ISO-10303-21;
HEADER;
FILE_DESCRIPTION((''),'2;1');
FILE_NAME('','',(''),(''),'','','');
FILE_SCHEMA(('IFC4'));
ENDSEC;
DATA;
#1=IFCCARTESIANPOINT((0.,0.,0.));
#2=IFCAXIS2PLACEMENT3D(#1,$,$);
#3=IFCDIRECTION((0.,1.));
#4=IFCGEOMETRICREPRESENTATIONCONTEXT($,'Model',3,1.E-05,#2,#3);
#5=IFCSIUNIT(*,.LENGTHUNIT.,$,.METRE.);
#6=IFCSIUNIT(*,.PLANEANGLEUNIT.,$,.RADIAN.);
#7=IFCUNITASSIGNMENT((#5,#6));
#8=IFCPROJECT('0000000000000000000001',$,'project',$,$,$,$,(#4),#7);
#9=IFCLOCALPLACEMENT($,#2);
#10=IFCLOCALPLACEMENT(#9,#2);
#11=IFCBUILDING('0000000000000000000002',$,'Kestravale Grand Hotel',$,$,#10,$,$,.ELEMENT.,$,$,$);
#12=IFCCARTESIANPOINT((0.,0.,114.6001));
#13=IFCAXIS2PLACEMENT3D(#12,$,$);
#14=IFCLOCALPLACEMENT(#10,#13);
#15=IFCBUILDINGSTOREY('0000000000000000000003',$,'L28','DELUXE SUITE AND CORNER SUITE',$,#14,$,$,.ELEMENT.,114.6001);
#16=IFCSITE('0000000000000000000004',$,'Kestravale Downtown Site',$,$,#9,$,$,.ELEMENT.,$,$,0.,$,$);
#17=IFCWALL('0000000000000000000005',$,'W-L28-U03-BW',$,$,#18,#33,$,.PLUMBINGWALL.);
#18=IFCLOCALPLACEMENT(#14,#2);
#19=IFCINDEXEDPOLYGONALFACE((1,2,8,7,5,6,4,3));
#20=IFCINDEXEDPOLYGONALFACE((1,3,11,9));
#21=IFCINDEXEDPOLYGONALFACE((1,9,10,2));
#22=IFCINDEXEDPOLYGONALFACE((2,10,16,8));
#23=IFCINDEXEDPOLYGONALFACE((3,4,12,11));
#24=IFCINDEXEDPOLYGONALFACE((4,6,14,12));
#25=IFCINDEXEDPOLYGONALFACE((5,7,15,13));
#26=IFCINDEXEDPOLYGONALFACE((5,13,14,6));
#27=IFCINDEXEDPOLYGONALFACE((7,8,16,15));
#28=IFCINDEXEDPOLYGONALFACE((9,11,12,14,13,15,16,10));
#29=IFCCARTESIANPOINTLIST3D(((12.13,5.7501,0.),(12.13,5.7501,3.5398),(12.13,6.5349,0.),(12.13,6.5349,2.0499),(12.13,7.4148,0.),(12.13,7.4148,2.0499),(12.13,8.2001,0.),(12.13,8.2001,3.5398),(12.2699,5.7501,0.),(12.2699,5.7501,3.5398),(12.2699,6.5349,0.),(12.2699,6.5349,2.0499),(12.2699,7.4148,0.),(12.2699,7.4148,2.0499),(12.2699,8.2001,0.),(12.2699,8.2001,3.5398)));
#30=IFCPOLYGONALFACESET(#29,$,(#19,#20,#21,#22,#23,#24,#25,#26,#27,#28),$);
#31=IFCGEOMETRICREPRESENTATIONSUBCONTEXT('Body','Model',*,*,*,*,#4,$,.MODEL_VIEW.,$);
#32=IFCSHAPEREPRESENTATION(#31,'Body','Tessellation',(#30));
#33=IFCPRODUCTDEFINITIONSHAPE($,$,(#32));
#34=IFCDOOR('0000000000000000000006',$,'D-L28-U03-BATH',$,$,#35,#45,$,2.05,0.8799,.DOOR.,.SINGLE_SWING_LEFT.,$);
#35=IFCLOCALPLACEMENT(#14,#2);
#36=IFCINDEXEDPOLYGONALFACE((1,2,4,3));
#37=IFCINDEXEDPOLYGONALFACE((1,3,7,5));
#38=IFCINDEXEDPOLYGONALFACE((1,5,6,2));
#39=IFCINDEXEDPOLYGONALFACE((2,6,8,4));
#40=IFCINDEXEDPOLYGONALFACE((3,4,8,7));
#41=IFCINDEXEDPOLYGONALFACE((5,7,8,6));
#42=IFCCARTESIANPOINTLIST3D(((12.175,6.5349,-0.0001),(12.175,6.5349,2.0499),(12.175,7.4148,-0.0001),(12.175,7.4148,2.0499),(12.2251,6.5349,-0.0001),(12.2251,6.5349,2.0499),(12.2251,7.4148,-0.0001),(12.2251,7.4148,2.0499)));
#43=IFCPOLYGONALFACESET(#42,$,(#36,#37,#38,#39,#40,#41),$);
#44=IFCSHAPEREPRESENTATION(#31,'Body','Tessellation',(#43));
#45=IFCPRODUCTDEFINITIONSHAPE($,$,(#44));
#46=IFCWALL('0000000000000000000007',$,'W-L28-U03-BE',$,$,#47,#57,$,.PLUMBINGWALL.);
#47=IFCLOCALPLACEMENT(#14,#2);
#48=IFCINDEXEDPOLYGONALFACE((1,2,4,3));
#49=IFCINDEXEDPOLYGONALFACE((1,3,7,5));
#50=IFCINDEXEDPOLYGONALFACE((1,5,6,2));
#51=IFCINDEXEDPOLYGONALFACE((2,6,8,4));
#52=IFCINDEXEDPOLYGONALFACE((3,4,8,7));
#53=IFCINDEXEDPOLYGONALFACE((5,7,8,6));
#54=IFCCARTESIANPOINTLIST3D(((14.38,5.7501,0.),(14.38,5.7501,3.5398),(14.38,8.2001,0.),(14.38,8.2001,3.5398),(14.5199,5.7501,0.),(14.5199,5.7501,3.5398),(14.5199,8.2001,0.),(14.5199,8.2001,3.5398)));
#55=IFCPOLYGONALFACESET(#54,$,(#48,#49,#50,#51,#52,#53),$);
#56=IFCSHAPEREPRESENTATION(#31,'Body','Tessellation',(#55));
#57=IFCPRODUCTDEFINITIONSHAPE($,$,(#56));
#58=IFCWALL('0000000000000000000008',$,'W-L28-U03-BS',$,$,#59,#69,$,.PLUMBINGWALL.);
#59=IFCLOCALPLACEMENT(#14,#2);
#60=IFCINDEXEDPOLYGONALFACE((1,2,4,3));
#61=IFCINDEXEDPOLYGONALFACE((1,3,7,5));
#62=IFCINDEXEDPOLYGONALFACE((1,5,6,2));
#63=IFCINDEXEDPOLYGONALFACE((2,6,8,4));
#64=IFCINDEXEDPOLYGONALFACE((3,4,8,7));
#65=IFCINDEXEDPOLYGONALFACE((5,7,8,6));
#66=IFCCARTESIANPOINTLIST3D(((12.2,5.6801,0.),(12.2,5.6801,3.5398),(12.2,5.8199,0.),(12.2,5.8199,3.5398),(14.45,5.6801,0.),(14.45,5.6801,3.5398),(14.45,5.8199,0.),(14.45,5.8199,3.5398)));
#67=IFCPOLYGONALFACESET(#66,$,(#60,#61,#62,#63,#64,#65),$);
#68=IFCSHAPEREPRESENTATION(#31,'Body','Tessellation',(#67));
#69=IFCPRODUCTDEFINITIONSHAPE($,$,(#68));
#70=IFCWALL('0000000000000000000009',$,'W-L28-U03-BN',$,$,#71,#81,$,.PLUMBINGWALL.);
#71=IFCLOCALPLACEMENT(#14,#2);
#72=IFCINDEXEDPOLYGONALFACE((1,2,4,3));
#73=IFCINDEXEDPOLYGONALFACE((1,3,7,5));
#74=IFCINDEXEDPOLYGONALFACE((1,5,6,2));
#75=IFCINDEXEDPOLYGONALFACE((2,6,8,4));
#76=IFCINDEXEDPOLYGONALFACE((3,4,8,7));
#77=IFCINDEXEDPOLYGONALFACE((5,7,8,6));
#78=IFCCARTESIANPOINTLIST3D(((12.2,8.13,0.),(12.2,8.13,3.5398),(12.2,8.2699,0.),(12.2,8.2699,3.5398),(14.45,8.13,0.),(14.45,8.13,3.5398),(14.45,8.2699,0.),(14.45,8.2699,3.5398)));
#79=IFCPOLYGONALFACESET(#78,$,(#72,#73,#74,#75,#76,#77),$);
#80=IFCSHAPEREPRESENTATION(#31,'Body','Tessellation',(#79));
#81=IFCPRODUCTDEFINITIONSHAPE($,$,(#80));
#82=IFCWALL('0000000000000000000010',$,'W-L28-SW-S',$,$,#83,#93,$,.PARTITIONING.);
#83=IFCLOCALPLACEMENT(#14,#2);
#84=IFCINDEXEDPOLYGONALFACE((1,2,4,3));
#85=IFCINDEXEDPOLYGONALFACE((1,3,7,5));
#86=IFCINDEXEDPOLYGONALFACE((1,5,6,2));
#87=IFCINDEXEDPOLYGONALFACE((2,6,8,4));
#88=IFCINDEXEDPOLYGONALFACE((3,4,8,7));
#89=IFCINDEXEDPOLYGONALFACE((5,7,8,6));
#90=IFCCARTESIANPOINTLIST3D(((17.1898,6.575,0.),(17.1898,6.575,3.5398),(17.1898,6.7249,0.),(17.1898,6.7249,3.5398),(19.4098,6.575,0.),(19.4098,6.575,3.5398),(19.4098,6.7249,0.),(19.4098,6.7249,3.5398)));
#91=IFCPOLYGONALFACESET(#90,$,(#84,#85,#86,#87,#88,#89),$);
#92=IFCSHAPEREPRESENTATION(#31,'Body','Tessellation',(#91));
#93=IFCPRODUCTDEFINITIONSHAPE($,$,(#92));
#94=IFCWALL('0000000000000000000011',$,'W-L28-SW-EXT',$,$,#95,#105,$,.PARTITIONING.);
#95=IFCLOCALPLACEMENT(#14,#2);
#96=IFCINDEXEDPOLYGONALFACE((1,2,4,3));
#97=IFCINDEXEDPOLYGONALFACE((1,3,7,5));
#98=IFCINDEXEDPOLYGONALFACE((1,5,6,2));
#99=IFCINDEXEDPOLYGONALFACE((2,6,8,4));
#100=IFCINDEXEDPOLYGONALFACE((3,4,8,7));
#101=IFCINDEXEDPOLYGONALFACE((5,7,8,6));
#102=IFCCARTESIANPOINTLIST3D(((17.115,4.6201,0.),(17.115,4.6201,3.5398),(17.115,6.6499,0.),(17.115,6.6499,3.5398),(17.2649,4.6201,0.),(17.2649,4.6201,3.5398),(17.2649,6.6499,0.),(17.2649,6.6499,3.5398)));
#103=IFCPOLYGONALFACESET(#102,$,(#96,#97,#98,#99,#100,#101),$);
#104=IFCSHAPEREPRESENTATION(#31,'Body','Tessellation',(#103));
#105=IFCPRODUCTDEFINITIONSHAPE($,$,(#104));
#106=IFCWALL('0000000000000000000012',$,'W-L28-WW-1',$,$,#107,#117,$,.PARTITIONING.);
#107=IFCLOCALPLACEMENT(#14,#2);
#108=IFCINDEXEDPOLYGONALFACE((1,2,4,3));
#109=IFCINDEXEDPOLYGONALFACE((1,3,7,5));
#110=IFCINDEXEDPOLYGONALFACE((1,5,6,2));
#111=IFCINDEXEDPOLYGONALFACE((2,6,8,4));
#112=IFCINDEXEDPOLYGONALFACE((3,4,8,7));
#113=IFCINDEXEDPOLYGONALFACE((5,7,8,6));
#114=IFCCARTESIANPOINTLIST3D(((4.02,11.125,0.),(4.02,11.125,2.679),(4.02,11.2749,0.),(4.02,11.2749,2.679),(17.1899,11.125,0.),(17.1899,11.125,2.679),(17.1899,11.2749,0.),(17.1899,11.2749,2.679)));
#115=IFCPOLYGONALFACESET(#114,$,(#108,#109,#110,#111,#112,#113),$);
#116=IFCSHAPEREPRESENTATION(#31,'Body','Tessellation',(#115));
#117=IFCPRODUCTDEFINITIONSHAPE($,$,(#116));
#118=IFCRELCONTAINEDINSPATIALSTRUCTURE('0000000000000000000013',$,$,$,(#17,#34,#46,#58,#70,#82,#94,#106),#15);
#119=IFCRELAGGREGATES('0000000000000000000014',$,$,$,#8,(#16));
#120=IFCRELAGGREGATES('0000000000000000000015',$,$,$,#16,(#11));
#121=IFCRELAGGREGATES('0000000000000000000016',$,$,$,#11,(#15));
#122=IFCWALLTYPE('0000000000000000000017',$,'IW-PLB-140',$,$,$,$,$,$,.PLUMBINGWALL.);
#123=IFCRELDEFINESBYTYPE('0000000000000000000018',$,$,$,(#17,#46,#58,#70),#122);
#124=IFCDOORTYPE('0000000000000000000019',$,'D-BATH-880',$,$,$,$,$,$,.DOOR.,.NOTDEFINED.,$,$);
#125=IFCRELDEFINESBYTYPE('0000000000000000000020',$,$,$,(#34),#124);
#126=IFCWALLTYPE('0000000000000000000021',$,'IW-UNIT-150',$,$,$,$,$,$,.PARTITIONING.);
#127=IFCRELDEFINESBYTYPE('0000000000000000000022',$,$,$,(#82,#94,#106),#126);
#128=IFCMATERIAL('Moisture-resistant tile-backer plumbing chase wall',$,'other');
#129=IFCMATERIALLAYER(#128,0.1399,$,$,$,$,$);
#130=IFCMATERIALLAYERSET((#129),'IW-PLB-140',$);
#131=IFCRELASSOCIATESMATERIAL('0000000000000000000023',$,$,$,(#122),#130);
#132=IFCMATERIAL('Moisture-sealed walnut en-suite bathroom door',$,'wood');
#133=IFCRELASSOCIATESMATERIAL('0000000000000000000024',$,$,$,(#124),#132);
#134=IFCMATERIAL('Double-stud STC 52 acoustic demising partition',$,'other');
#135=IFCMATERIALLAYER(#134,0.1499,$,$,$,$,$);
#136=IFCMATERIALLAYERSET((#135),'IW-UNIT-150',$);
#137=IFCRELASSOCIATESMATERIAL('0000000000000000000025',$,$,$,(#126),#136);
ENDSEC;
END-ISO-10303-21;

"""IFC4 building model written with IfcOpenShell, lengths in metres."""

from ifc_helpers import new_model, si_unit, direction, frame, frame_2d, origin, place, context, subcontext, project, spatial, rectangle, extrude, material, layer, layer_set, type_object, element, fill, save


model = new_model("IFC4")

# Units and contexts
model_context = context("Model", 3, precision=1e-05, world=origin(), true_north=direction((0.0, 1.0)))
body_context = subcontext(model_context, "Body", "Model", "MODEL_VIEW")
ifc_project = project(units=[si_unit("LENGTHUNIT", "METRE"), si_unit("PLANEANGLEUNIT", "RADIAN")], contexts=[model_context])

# Site, building, storey
site_placement = place(None, origin())
site = spatial("IfcSite", under=ifc_project, at=site_placement, Name="Kestravale Downtown Site", CompositionType="ELEMENT", RefElevation=0.0)
building_placement = place(site_placement, origin())
building = spatial("IfcBuilding", under=site, at=building_placement, Name="Kestravale Grand Hotel", CompositionType="ELEMENT")
storey_placement = place(building_placement, frame((0.0, 0.0, 114.6001)))
storey = spatial("IfcBuildingStorey", under=building, at=storey_placement, Name="L28", Description="DELUXE SUITE AND CORNER SUITE", CompositionType="ELEMENT", Elevation=114.6001)

# Wall, opening, door
ifc_material_1 = material(Name="Moisture-resistant tile-backer plumbing chase wall", Category="other")
ifc_layer_1 = layer(ifc_material_1, 0.1399)
ifc_layer_set_1 = layer_set([ifc_layer_1], Name="IW-PLB-140")
wall_type_1 = type_object("IfcWallType", Name="IW-PLB-140", PredefinedType="PLUMBINGWALL", material=ifc_layer_set_1)
wall_1_placement = place(storey_placement, frame((12.2, 5.75, 0.0), z_axis=(0.0, 0.0, 1.0), x_axis=(0.0, 1.0, 0.0)))
wall_1 = element("IfcWall", 1, at=wall_1_placement, inside=storey, type_object=wall_type_1, Name="W-L28-U03-BW", PredefinedType="PLUMBINGWALL", context=body_context, shape_type="SweptSolid", body=[
    extrude(rectangle(XDim=2.45, YDim=0.1399, at=frame_2d((1.2251, 0.0))), origin(), (0.0, 0.0, 1.0), 3.5398),
])
opening_1_placement = place(wall_1_placement, frame((0.7849, 0.0, 0.0)))
opening_1 = element("IfcOpeningElement", 2, at=opening_1_placement, cuts=wall_1, PredefinedType="OPENING", context=body_context, shape_type="SweptSolid", body=[
    extrude(rectangle(XDim=0.8799, YDim=2.05, at=frame_2d((0.4399, 1.0249))), frame((0.0, 0.0798, 0.0), z_axis=(0.0, -1.0, 0.0), x_axis=(1.0, 0.0, 0.0)), (0.0, 0.0, 1.0), 0.1599),
])
ifc_material_2 = material(Name="Moisture-sealed walnut en-suite bathroom door", Category="wood")
door_type_1 = type_object("IfcDoorType", Name="D-BATH-880", OperationType="NOTDEFINED", PredefinedType="DOOR", material=ifc_material_2)
door_1_placement = place(opening_1_placement, origin())
door_1 = element("IfcDoor", 3, at=door_1_placement, inside=storey, type_object=door_type_1, Name="D-L28-U03-BATH", OperationType="SINGLE_SWING_LEFT", OverallHeight=2.05, OverallWidth=0.8799, PredefinedType="DOOR", context=body_context, shape_type="SweptSolid", body=[
    extrude(rectangle(XDim=0.8799, YDim=2.05, at=frame_2d((0.4399, 1.0249))), frame((0.0, 0.0249, 0.0), z_axis=(0.0, -1.0, 0.0), x_axis=(1.0, 0.0, 0.0)), (0.0, 0.0, 1.0), 0.05),
])
fill(opening_1, door_1)

# Walls
wall_2_placement = place(storey_placement, frame((14.45, 5.75, 0.0), z_axis=(0.0, 0.0, 1.0), x_axis=(0.0, 1.0, 0.0)))
element("IfcWall", 4, at=wall_2_placement, inside=storey, type_object=wall_type_1, Name="W-L28-U03-BE", PredefinedType="PLUMBINGWALL", context=body_context, shape_type="SweptSolid", body=[
    extrude(rectangle(XDim=2.45, YDim=0.1399, at=frame_2d((1.2251, 0.0))), origin(), (0.0, 0.0, 1.0), 3.5398),
])
for number, where, z_axis, x_axis, name in (
    (5, (12.2, 5.75, 0.0), (0.0, 0.0, 1.0), (1.0, 0.0, 0.0), "W-L28-U03-BS"),
    (6, (12.2, 8.2, 0.0), (0.0, 0.0, 1.0), (1.0, 0.0, 0.0), "W-L28-U03-BN"),
):
    element("IfcWall", number, at=place(storey_placement, frame(where, z_axis=z_axis, x_axis=x_axis)), inside=storey, type_object=wall_type_1, Name=name, PredefinedType="PLUMBINGWALL", context=body_context, shape_type="SweptSolid", body=[
        extrude(rectangle(XDim=2.25, YDim=0.1399, at=frame_2d((1.125, 0.0))), origin(), (0.0, 0.0, 1.0), 3.5398),
    ])
ifc_material_3 = material(Name="Double-stud STC 52 acoustic demising partition", Category="other")
ifc_layer_2 = layer(ifc_material_3, 0.1499)
ifc_layer_set_2 = layer_set([ifc_layer_2], Name="IW-UNIT-150")
wall_type_2 = type_object("IfcWallType", Name="IW-UNIT-150", PredefinedType="PARTITIONING", material=ifc_layer_set_2)
wall_3_placement = place(storey_placement, frame((17.1899, 6.6499, 0.0), z_axis=(0.0, 0.0, 1.0), x_axis=(1.0, 0.0, 0.0)))
element("IfcWall", 7, at=wall_3_placement, inside=storey, type_object=wall_type_2, Name="W-L28-SW-S", PredefinedType="PARTITIONING", context=body_context, shape_type="SweptSolid", body=[
    extrude(rectangle(XDim=2.22, YDim=0.1499, at=frame_2d((1.1099, 0.0))), origin(), (0.0, 0.0, 1.0), 3.5398),
])
wall_4_placement = place(storey_placement, frame((17.1899, 4.6201, 0.0), z_axis=(0.0, 0.0, 1.0), x_axis=(0.0, 1.0, 0.0)))
element("IfcWall", 8, at=wall_4_placement, inside=storey, type_object=wall_type_2, Name="W-L28-SW-EXT", PredefinedType="PARTITIONING", context=body_context, shape_type="SweptSolid", body=[
    extrude(rectangle(XDim=2.0298, YDim=0.1499, at=frame_2d((1.0149, 0.0))), origin(), (0.0, 0.0, 1.0), 3.5398),
])
wall_5_placement = place(storey_placement, frame((4.02, 11.2, 0.0), z_axis=(0.0, 0.0, 1.0), x_axis=(1.0, 0.0, 0.0)))
element("IfcWall", 9, at=wall_5_placement, inside=storey, type_object=wall_type_2, Name="W-L28-WW-1", PredefinedType="PARTITIONING", context=body_context, shape_type="SweptSolid", body=[
    extrude(rectangle(XDim=13.1699, YDim=0.1499, at=frame_2d((6.585, 0.0))), origin(), (0.0, 0.0, 1.0), 2.679),
])

save(model, "model.ifc")
